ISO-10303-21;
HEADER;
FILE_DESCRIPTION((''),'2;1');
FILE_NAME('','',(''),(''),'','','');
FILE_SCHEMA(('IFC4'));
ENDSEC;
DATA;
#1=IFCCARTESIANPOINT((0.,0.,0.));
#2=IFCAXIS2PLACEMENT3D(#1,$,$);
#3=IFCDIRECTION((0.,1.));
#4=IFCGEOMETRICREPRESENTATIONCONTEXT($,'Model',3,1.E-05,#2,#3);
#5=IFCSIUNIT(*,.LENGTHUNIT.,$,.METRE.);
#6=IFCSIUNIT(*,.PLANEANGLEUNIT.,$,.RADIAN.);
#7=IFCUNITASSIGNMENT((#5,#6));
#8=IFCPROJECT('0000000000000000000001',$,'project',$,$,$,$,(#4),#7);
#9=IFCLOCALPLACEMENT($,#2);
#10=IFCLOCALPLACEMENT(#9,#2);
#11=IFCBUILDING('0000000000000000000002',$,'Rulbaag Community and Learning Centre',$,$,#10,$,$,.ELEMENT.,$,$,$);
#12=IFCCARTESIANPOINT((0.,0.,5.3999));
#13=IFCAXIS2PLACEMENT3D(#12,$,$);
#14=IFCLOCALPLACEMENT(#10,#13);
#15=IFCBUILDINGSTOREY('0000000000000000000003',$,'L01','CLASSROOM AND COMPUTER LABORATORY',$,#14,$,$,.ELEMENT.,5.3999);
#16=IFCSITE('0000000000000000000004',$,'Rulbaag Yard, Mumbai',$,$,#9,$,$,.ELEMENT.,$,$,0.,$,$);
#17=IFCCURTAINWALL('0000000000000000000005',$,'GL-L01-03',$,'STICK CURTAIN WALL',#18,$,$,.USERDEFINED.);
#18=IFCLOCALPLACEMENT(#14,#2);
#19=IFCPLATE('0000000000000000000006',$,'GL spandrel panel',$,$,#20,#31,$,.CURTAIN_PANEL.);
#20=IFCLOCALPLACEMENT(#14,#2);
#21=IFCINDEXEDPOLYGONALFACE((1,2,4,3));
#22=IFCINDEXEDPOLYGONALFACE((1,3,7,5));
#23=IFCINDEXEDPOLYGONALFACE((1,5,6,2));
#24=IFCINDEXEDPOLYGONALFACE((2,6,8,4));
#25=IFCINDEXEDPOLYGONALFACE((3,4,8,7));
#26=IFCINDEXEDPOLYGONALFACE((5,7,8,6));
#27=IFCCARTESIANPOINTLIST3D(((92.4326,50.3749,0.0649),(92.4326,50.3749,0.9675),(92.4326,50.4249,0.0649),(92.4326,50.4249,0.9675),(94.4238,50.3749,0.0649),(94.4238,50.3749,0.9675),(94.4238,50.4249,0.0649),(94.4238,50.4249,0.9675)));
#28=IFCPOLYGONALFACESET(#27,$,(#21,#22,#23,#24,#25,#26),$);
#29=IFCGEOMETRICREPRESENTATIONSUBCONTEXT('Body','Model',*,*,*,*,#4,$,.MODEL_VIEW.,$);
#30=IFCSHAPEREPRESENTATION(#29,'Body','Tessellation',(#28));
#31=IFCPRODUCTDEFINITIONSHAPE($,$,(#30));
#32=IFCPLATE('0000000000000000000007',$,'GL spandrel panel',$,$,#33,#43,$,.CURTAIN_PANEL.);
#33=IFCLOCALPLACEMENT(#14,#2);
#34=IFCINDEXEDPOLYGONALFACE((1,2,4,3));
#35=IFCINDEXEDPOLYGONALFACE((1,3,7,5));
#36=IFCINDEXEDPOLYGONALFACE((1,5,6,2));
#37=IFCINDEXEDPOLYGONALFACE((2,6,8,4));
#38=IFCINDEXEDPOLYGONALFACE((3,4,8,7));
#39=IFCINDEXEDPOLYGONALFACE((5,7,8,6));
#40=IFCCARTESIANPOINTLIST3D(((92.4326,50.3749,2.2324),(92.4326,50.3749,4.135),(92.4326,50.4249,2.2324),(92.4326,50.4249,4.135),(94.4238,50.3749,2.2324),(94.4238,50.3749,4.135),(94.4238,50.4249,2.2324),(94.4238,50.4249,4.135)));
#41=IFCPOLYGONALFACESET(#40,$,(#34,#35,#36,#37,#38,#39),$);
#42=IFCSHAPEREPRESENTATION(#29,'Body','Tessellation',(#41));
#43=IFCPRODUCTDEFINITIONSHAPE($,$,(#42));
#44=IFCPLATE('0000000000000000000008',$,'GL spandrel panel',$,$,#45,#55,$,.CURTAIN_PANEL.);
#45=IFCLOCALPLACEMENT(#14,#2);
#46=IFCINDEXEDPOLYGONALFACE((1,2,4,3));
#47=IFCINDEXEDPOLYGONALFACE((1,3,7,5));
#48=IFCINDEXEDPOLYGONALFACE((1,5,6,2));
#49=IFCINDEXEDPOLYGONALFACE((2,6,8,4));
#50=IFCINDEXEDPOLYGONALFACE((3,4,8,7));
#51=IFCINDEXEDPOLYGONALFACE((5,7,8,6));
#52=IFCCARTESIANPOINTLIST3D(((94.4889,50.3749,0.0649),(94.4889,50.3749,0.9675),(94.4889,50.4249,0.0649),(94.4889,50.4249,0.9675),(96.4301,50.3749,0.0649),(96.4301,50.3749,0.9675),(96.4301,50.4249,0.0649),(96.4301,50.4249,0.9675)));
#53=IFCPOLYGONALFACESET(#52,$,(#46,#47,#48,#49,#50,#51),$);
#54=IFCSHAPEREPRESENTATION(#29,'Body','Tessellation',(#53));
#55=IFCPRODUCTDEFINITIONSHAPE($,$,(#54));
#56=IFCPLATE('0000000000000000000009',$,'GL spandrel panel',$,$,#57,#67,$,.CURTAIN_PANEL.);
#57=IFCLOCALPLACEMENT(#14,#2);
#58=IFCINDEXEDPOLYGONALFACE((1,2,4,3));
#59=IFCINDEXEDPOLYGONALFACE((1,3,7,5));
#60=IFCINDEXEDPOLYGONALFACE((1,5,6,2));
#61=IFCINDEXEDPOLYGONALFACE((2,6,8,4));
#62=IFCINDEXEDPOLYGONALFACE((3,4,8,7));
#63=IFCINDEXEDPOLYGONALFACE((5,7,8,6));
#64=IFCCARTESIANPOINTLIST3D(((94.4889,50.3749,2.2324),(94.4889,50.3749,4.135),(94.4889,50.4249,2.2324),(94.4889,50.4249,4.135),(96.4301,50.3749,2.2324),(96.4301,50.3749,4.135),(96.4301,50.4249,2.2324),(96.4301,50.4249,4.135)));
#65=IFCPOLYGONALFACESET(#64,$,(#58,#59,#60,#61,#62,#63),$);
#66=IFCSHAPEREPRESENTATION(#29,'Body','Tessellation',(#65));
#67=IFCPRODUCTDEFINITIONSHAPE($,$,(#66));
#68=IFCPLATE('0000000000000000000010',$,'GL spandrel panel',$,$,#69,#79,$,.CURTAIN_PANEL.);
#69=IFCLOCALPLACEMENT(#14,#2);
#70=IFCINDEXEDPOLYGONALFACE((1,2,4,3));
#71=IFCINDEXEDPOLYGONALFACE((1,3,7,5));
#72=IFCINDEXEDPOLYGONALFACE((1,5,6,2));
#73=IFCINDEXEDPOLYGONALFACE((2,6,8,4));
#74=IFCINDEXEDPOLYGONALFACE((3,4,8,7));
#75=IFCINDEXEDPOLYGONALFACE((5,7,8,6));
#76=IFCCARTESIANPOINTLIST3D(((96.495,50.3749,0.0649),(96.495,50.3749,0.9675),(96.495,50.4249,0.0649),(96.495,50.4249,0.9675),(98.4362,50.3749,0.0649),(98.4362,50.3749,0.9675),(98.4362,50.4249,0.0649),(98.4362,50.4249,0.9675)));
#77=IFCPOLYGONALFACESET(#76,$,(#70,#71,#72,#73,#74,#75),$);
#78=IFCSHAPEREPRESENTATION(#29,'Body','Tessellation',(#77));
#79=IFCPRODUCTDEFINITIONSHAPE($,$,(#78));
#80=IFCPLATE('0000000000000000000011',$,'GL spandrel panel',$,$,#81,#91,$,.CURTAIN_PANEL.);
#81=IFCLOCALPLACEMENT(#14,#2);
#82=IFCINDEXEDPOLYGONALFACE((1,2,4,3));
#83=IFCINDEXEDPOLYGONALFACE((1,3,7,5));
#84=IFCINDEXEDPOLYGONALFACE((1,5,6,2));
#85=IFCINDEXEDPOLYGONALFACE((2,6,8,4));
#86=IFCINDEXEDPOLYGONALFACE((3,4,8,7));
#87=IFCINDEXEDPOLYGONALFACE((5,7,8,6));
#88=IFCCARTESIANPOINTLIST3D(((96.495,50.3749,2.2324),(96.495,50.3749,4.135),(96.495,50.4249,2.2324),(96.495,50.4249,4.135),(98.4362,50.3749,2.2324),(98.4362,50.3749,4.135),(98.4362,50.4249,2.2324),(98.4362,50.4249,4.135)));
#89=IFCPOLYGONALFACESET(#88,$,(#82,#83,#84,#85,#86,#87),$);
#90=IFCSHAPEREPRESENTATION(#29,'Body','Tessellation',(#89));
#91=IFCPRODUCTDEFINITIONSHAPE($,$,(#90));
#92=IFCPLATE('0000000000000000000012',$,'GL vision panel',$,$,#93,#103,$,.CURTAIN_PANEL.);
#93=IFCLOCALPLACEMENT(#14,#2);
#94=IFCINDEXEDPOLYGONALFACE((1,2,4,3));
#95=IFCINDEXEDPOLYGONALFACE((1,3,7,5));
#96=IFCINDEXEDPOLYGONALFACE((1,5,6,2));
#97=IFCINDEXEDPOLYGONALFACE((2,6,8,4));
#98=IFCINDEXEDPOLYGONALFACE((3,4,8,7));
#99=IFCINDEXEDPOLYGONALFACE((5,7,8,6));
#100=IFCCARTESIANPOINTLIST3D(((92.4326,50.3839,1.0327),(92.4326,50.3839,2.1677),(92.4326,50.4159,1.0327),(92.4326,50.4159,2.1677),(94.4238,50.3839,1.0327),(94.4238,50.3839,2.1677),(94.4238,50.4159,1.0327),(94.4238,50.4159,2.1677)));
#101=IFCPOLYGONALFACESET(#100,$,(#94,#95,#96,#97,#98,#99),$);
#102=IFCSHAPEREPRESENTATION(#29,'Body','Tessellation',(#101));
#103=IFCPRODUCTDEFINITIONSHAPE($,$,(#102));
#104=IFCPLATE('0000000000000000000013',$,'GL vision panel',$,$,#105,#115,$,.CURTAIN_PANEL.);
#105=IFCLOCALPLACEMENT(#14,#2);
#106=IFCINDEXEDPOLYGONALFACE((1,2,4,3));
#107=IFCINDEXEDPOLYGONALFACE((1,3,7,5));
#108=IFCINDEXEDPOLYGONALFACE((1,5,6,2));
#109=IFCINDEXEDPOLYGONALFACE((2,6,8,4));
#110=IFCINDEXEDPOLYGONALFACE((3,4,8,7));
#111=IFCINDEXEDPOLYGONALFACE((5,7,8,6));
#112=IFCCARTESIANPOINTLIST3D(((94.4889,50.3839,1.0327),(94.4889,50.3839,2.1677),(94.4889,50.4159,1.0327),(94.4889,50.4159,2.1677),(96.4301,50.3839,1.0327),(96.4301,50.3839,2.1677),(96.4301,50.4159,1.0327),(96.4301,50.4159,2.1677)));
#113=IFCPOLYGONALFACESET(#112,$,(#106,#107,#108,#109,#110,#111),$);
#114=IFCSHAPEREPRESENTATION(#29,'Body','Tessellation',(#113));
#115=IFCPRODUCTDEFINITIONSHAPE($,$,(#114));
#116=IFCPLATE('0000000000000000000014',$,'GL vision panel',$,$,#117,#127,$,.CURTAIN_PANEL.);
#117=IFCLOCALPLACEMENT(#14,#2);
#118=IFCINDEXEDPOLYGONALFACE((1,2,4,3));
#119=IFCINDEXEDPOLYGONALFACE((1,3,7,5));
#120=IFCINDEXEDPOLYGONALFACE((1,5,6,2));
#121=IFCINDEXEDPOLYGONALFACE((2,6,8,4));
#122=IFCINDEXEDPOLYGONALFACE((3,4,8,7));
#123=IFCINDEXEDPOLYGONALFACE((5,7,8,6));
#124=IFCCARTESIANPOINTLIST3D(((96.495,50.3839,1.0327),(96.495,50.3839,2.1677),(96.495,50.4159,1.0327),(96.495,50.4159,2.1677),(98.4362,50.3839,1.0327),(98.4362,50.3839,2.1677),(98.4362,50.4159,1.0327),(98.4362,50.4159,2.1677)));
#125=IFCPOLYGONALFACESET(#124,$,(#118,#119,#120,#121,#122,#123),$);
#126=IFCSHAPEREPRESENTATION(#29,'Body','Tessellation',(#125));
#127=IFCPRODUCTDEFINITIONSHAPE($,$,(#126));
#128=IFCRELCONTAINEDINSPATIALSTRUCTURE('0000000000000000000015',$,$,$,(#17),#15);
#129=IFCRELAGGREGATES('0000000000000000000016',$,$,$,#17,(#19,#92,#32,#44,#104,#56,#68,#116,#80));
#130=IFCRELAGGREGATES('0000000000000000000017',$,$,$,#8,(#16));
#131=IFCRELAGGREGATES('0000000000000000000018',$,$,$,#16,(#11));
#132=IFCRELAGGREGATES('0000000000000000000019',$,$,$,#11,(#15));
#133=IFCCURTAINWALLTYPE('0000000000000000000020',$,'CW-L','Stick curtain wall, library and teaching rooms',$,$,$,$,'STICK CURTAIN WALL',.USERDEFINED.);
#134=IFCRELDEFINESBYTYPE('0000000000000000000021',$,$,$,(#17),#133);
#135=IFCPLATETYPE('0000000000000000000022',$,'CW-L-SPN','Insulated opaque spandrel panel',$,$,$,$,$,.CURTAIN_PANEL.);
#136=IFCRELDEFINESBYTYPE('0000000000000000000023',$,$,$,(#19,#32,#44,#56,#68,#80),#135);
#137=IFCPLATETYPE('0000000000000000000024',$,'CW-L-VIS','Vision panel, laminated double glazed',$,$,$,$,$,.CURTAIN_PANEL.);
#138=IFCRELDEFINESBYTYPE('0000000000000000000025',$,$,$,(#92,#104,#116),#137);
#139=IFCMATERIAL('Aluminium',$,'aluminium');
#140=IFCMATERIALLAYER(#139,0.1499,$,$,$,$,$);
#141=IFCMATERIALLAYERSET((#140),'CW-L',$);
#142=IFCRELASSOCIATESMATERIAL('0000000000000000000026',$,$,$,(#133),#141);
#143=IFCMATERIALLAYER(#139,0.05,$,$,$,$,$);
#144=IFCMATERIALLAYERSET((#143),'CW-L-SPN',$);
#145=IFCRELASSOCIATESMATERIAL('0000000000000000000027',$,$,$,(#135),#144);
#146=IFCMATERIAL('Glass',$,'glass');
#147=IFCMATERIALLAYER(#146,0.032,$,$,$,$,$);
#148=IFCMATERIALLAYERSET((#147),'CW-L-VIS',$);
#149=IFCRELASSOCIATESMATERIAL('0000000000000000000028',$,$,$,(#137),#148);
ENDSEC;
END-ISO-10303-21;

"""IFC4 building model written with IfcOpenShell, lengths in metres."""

from ifc_helpers import new_model, si_unit, direction, frame, origin, origin_2d, place, context, subcontext, project, spatial, rectangle, extrude, material, layer, layer_set, type_object, element, aggregate, save


model = new_model("IFC4")

# Units and contexts
model_context = context("Model", 3, precision=1e-05, world=origin(), true_north=direction((0.0, 1.0)))
body_context = subcontext(model_context, "Body", "Model", "MODEL_VIEW")
ifc_project = project(units=[si_unit("LENGTHUNIT", "METRE"), si_unit("PLANEANGLEUNIT", "RADIAN")], contexts=[model_context])

# Site, building, storey
site_placement = place(None, origin())
site = spatial("IfcSite", under=ifc_project, at=site_placement, Name="Rulbaag Yard, Mumbai", CompositionType="ELEMENT", RefElevation=0.0)
building_placement = place(site_placement, origin())
building = spatial("IfcBuilding", under=site, at=building_placement, Name="Rulbaag Community and Learning Centre", CompositionType="ELEMENT")
storey_placement = place(building_placement, frame((0.0, 0.0, 5.3999)))
storey = spatial("IfcBuildingStorey", under=building, at=storey_placement, Name="L01", Description="CLASSROOM AND COMPUTER LABORATORY", CompositionType="ELEMENT", Elevation=5.3999)

# Curtain wall, plates
ifc_material_1 = material(Name="Aluminium", Category="aluminium")
ifc_layer_1 = layer(ifc_material_1, 0.1499)
ifc_layer_set_1 = layer_set([ifc_layer_1], Name="CW-L")
curtain_wall_type = type_object("IfcCurtainWallType", Name="CW-L", Description="Stick curtain wall, library and teaching rooms", ElementType="STICK CURTAIN WALL", PredefinedType="USERDEFINED", material=ifc_layer_set_1)
curtain_wall_placement = place(storey_placement, origin())
curtain_wall = element("IfcCurtainWall", 1, at=curtain_wall_placement, inside=storey, type_object=curtain_wall_type, Name="GL-L01-03", ObjectType="STICK CURTAIN WALL", PredefinedType="USERDEFINED")
ifc_layer_2 = layer(ifc_material_1, 0.05)
ifc_layer_set_2 = layer_set([ifc_layer_2], Name="CW-L-SPN")
plate_type_1 = type_object("IfcPlateType", Name="CW-L-SPN", Description="Insulated opaque spandrel panel", PredefinedType="CURTAIN_PANEL", material=ifc_layer_set_2)
plate_1_placement = place(storey_placement, frame((93.4282, 50.3999, 0.0649), z_axis=(0.0, 0.0, 1.0), x_axis=(1.0, 0.0, 0.0)))
plate_1 = element("IfcPlate", 2, at=plate_1_placement, type_object=plate_type_1, Name="GL spandrel panel", PredefinedType="CURTAIN_PANEL", context=body_context, shape_type="SweptSolid", body=[
    extrude(rectangle(XDim=1.9912, YDim=0.05, at=origin_2d()), origin(), (0.0, 0.0, 1.0), 0.9026),
])
plate_2_placement = place(storey_placement, frame((93.4282, 50.3999, 2.2324), z_axis=(0.0, 0.0, 1.0), x_axis=(1.0, 0.0, 0.0)))
plate_2 = element("IfcPlate", 3, at=plate_2_placement, type_object=plate_type_1, Name="GL spandrel panel", PredefinedType="CURTAIN_PANEL", context=body_context, shape_type="SweptSolid", body=[
    extrude(rectangle(XDim=1.9912, YDim=0.05, at=origin_2d()), origin(), (0.0, 0.0, 1.0), 1.9026),
])
plate_3_placement = place(storey_placement, frame((95.4595, 50.3999, 0.0649), z_axis=(0.0, 0.0, 1.0), x_axis=(1.0, 0.0, 0.0)))
plate_3 = element("IfcPlate", 4, at=plate_3_placement, type_object=plate_type_1, Name="GL spandrel panel", PredefinedType="CURTAIN_PANEL", context=body_context, shape_type="SweptSolid", body=[
    extrude(rectangle(XDim=1.9412, YDim=0.05, at=origin_2d()), origin(), (0.0, 0.0, 1.0), 0.9026),
])
plate_4_placement = place(storey_placement, frame((95.4595, 50.3999, 2.2324), z_axis=(0.0, 0.0, 1.0), x_axis=(1.0, 0.0, 0.0)))
plate_4 = element("IfcPlate", 5, at=plate_4_placement, type_object=plate_type_1, Name="GL spandrel panel", PredefinedType="CURTAIN_PANEL", context=body_context, shape_type="SweptSolid", body=[
    extrude(rectangle(XDim=1.9412, YDim=0.05, at=origin_2d()), origin(), (0.0, 0.0, 1.0), 1.9026),
])
plate_5_placement = place(storey_placement, frame((97.4656, 50.3999, 0.0649), z_axis=(0.0, 0.0, 1.0), x_axis=(1.0, 0.0, 0.0)))
plate_5 = element("IfcPlate", 6, at=plate_5_placement, type_object=plate_type_1, Name="GL spandrel panel", PredefinedType="CURTAIN_PANEL", context=body_context, shape_type="SweptSolid", body=[
    extrude(rectangle(XDim=1.9412, YDim=0.05, at=origin_2d()), origin(), (0.0, 0.0, 1.0), 0.9026),
])
plate_6_placement = place(storey_placement, frame((97.4656, 50.3999, 2.2324), z_axis=(0.0, 0.0, 1.0), x_axis=(1.0, 0.0, 0.0)))
plate_6 = element("IfcPlate", 7, at=plate_6_placement, type_object=plate_type_1, Name="GL spandrel panel", PredefinedType="CURTAIN_PANEL", context=body_context, shape_type="SweptSolid", body=[
    extrude(rectangle(XDim=1.9412, YDim=0.05, at=origin_2d()), origin(), (0.0, 0.0, 1.0), 1.9026),
])
ifc_material_2 = material(Name="Glass", Category="glass")
ifc_layer_3 = layer(ifc_material_2, 0.032)
ifc_layer_set_3 = layer_set([ifc_layer_3], Name="CW-L-VIS")
plate_type_2 = type_object("IfcPlateType", Name="CW-L-VIS", Description="Vision panel, laminated double glazed", PredefinedType="CURTAIN_PANEL", material=ifc_layer_set_3)
plate_7_placement = place(storey_placement, frame((93.4282, 50.3999, 1.0327), z_axis=(0.0, 0.0, 1.0), x_axis=(1.0, 0.0, 0.0)))
plate_7 = element("IfcPlate", 8, at=plate_7_placement, type_object=plate_type_2, Name="GL vision panel", PredefinedType="CURTAIN_PANEL", context=body_context, shape_type="SweptSolid", body=[
    extrude(rectangle(XDim=1.9912, YDim=0.032, at=origin_2d()), origin(), (0.0, 0.0, 1.0), 1.135),
])
plate_8_placement = place(storey_placement, frame((95.4595, 50.3999, 1.0327), z_axis=(0.0, 0.0, 1.0), x_axis=(1.0, 0.0, 0.0)))
plate_8 = element("IfcPlate", 9, at=plate_8_placement, type_object=plate_type_2, Name="GL vision panel", PredefinedType="CURTAIN_PANEL", context=body_context, shape_type="SweptSolid", body=[
    extrude(rectangle(XDim=1.9412, YDim=0.032, at=origin_2d()), origin(), (0.0, 0.0, 1.0), 1.135),
])
plate_9_placement = place(storey_placement, frame((97.4656, 50.3999, 1.0327), z_axis=(0.0, 0.0, 1.0), x_axis=(1.0, 0.0, 0.0)))
plate_9 = element("IfcPlate", 10, at=plate_9_placement, type_object=plate_type_2, Name="GL vision panel", PredefinedType="CURTAIN_PANEL", context=body_context, shape_type="SweptSolid", body=[
    extrude(rectangle(XDim=1.9412, YDim=0.032, at=origin_2d()), origin(), (0.0, 0.0, 1.0), 1.135),
])
aggregate(curtain_wall, [plate_1, plate_7, plate_2, plate_3, plate_8, plate_4, plate_5, plate_9, plate_6])

save(model, "model.ifc")
